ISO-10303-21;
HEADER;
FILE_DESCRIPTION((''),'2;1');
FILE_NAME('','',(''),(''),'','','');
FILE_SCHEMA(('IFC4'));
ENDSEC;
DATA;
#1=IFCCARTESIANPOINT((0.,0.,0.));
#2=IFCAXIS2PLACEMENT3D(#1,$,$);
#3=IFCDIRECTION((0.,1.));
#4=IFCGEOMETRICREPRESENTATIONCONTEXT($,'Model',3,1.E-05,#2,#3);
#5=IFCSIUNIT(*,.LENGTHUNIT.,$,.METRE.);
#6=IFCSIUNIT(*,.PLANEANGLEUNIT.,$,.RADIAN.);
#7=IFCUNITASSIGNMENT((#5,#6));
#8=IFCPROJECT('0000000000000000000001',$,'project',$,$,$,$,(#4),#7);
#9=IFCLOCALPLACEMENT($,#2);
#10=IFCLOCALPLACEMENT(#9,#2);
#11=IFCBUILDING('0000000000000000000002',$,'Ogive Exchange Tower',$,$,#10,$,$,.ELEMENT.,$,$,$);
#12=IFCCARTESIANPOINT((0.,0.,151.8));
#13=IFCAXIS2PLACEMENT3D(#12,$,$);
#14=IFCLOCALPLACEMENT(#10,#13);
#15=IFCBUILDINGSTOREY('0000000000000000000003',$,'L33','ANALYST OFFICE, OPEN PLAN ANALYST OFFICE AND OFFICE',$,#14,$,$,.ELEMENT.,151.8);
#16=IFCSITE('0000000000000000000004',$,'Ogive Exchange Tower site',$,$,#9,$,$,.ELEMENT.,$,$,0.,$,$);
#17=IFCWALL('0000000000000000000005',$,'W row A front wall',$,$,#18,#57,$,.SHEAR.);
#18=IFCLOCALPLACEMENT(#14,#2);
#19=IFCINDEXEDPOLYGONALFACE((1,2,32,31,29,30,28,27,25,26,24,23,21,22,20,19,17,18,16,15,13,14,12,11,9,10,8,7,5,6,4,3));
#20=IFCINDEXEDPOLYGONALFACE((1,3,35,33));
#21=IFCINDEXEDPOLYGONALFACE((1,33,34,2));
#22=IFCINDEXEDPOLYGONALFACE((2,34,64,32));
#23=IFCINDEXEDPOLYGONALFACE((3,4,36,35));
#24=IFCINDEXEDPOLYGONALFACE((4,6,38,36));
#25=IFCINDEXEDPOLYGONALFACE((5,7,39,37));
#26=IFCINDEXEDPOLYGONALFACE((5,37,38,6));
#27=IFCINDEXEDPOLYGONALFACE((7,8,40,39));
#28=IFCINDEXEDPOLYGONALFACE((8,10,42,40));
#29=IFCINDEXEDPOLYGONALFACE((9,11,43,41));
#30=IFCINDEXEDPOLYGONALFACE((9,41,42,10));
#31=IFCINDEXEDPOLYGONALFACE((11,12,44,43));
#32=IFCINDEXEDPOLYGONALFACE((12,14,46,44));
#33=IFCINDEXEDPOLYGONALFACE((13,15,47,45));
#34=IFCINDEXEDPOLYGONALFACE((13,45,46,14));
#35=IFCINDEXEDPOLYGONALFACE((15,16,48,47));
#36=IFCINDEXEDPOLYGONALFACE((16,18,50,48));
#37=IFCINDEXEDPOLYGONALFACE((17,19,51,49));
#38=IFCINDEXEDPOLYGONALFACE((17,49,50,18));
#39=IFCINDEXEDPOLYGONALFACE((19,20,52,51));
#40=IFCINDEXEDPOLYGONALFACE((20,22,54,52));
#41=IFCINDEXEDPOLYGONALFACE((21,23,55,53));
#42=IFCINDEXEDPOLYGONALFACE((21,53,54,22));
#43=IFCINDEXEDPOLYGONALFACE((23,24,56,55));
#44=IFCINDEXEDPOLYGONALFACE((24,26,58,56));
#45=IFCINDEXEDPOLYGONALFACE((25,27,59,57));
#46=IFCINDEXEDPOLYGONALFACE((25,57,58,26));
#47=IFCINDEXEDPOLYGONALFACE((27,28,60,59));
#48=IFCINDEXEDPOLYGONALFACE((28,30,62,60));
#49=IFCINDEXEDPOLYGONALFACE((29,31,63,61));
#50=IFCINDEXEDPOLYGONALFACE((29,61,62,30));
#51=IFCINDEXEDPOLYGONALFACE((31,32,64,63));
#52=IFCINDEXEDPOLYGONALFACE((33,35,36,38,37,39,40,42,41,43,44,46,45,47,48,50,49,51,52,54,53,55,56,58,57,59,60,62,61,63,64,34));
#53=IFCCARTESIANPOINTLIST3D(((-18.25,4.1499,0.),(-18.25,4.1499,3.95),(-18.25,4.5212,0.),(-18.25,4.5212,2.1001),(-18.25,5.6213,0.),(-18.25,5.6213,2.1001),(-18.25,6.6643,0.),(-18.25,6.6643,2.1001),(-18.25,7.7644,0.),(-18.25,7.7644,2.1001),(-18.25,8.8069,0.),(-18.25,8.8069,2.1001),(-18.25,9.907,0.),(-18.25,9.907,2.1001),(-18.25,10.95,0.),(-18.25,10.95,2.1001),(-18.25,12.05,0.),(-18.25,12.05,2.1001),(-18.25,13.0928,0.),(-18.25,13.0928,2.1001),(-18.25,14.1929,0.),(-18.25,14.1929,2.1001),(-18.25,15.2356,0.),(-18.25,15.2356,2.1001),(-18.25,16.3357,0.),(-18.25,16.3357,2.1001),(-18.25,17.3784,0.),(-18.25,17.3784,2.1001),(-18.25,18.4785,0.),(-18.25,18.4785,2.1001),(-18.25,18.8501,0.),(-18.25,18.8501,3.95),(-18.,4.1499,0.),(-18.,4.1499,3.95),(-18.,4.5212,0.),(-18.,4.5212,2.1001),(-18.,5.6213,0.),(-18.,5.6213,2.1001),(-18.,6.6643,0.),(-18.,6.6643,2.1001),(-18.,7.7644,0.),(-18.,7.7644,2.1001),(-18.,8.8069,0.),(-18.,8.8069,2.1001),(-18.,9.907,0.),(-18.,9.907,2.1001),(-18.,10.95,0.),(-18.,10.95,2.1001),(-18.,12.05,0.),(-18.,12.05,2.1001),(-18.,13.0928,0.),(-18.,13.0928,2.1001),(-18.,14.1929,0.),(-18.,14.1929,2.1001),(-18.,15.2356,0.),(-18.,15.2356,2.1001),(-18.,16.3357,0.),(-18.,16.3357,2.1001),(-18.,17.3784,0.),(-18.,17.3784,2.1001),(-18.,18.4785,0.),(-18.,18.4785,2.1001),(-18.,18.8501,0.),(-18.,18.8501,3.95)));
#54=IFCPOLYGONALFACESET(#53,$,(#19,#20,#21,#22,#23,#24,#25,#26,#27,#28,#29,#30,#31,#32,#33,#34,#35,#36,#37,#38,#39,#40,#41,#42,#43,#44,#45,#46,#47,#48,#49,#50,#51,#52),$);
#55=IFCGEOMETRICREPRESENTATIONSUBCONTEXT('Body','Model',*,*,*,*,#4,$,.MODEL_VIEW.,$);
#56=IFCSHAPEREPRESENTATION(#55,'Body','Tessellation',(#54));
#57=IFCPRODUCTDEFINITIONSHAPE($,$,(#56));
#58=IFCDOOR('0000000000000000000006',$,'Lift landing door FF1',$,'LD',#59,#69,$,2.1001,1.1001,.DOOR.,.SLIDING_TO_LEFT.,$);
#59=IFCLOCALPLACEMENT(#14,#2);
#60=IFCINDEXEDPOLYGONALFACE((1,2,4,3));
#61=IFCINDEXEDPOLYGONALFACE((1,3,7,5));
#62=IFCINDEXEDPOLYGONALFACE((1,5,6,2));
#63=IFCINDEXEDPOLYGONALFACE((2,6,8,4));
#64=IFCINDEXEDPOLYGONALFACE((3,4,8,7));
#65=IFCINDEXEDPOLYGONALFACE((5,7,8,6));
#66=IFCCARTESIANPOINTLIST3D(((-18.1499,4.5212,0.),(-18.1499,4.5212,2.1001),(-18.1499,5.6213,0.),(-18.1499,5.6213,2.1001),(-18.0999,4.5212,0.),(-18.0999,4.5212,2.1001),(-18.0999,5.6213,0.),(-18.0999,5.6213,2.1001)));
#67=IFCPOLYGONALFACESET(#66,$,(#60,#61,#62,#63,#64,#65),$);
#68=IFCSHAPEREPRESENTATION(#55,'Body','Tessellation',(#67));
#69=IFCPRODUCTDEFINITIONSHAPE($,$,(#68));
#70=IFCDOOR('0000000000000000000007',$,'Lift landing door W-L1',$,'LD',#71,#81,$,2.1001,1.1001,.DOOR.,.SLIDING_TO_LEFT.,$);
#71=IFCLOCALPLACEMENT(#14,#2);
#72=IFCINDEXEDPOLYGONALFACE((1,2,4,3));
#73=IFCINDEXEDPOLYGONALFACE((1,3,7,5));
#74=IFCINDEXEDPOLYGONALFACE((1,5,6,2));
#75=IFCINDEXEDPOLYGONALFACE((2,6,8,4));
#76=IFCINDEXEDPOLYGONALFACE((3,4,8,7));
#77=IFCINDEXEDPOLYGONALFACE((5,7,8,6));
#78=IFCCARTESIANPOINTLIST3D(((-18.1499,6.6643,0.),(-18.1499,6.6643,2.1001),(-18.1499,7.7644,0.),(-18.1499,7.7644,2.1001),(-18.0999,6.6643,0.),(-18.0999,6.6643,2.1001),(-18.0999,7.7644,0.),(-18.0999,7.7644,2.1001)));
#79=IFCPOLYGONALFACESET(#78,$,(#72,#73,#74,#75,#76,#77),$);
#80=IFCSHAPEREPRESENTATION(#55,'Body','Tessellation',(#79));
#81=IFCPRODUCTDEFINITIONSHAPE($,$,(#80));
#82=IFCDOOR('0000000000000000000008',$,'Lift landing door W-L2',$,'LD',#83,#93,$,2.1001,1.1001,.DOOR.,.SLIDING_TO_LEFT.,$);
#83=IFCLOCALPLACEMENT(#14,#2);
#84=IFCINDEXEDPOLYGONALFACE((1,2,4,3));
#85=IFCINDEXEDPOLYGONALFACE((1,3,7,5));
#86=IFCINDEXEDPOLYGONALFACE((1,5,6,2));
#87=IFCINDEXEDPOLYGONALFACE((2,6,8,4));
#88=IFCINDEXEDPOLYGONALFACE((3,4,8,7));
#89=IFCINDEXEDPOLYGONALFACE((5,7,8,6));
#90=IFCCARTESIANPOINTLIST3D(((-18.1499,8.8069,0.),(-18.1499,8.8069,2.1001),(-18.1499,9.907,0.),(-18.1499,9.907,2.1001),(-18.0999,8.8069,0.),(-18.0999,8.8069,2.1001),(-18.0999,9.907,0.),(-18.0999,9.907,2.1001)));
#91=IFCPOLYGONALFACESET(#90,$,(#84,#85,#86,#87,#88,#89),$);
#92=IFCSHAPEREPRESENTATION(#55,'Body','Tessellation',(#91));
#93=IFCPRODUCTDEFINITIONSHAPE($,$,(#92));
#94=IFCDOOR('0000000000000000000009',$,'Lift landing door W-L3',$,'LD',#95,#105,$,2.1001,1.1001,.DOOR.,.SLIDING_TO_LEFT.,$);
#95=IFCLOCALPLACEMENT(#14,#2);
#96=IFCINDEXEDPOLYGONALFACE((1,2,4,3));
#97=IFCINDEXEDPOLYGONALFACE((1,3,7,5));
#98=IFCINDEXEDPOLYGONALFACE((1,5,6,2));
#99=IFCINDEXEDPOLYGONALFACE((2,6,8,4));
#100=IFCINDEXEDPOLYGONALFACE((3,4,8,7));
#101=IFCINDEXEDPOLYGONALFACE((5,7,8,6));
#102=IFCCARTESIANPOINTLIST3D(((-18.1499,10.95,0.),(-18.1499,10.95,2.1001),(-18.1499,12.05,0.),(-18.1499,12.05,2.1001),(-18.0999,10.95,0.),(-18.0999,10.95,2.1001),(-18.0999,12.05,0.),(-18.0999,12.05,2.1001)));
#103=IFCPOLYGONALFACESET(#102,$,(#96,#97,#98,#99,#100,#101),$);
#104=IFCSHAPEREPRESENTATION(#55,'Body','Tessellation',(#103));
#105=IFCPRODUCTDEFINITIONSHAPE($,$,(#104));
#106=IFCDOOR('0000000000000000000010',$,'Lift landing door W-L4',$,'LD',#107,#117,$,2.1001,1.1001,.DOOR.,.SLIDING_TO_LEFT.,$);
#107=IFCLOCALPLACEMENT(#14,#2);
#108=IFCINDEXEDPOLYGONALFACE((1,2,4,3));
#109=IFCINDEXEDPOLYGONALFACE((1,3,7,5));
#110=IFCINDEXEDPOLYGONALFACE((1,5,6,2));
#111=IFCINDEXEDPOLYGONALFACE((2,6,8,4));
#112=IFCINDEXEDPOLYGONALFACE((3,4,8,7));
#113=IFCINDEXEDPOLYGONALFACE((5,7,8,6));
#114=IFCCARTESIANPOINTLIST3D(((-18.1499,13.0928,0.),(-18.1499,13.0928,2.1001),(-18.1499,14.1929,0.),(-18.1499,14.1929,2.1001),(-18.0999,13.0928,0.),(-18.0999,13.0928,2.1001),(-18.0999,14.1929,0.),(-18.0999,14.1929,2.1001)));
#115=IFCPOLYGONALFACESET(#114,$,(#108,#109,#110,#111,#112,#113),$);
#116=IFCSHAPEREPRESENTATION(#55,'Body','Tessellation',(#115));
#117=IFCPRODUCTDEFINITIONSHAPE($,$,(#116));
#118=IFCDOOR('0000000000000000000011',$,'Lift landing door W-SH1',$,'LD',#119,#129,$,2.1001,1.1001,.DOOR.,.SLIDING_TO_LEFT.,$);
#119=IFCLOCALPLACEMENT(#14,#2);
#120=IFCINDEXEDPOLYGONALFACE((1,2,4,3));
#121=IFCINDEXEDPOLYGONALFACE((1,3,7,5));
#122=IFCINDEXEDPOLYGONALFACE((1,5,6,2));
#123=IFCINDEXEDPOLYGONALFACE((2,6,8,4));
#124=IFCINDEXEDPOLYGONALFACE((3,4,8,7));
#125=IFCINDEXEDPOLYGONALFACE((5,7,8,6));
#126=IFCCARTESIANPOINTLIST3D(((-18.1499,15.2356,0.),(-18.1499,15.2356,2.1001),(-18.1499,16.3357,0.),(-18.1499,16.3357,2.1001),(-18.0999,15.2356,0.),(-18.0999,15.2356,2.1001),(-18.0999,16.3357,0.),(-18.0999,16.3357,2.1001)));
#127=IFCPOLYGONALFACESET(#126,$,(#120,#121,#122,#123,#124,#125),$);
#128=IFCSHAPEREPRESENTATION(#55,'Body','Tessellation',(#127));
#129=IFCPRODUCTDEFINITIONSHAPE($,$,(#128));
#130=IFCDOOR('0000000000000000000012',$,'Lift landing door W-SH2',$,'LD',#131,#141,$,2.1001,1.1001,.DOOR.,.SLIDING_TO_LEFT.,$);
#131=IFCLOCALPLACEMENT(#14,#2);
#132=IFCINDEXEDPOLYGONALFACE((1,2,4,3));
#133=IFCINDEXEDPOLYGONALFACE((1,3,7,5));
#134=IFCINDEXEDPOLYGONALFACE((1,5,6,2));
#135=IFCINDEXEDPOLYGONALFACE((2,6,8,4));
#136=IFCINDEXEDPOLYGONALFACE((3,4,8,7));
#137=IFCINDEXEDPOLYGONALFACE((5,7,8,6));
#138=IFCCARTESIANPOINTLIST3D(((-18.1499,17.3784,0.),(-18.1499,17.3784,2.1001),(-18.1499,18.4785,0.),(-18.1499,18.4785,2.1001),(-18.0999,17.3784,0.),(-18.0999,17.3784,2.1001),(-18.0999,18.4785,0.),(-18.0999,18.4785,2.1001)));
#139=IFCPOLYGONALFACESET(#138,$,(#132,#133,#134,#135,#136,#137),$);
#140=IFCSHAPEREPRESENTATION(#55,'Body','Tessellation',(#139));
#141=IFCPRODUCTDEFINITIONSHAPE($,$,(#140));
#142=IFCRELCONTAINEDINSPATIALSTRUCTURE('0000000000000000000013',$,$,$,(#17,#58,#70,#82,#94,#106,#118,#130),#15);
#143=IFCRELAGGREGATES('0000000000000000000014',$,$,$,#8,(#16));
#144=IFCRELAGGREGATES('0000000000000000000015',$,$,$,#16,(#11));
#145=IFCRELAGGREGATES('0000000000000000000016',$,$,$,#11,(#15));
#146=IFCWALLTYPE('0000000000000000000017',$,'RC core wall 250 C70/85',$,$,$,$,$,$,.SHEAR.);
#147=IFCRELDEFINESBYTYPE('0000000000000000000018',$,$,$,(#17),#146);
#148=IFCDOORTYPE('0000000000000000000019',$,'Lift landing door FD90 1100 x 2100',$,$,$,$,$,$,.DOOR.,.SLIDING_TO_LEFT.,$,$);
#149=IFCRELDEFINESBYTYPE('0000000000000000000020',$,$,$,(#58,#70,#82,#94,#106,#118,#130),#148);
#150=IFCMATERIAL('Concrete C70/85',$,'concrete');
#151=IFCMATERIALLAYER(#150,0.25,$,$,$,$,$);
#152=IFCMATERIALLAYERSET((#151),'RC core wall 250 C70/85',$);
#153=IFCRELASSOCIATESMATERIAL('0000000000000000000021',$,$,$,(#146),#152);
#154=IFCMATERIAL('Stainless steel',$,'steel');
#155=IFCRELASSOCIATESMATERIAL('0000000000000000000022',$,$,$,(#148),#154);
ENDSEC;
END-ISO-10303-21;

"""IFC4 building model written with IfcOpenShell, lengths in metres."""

from ifc_helpers import new_model, si_unit, direction, frame, frame_2d, origin, place, context, subcontext, project, spatial, rectangle, extrude, material, layer, layer_set, type_object, element, fill, save


model = new_model("IFC4")

# Units and contexts
model_context = context("Model", 3, precision=1e-05, world=origin(), true_north=direction((0.0, 1.0)))
body_context = subcontext(model_context, "Body", "Model", "MODEL_VIEW")
ifc_project = project(units=[si_unit("LENGTHUNIT", "METRE"), si_unit("PLANEANGLEUNIT", "RADIAN")], contexts=[model_context])

# Site, building, storey
site_placement = place(None, origin())
site = spatial("IfcSite", under=ifc_project, at=site_placement, Name="Ogive Exchange Tower site", CompositionType="ELEMENT", RefElevation=0.0)
building_placement = place(site_placement, origin())
building = spatial("IfcBuilding", under=site, at=building_placement, Name="Ogive Exchange Tower", CompositionType="ELEMENT")
storey_placement = place(building_placement, frame((0.0, 0.0, 151.8)))
storey = spatial("IfcBuildingStorey", under=building, at=storey_placement, Name="L33", Description="ANALYST OFFICE, OPEN PLAN ANALYST OFFICE AND OFFICE", CompositionType="ELEMENT", Elevation=151.8)

# Shared definitions
ifc_material_1 = material(Name="Concrete C70/85", Category="concrete")
ifc_layer_1 = layer(ifc_material_1, 0.25)
ifc_layer_set_1 = layer_set([ifc_layer_1], Name="RC core wall 250 C70/85")
wall_type_1 = type_object("IfcWallType", Name="RC core wall 250 C70/85", PredefinedType="SHEAR", material=ifc_layer_set_1)

# Wall, openings, doors
wall_1_placement = place(storey_placement, frame((-18.125, 4.1499, 0.0), z_axis=(0.0, 0.0, 1.0), x_axis=(0.0, 1.0, 0.0)))
wall_1 = element("IfcWall", 1, at=wall_1_placement, inside=storey, type_object=wall_type_1, Name="W row A front wall", PredefinedType="SHEAR", context=body_context, shape_type="SweptSolid", body=[
    extrude(rectangle(XDim=14.7002, YDim=0.25, at=frame_2d((7.3501, 0.0))), origin(), (0.0, 0.0, 1.0), 3.95),
])
opening_1_placement = place(wall_1_placement, frame((0.3713, 0.0, 0.0)))
opening_1 = element("IfcOpeningElement", 2, at=opening_1_placement, cuts=wall_1, PredefinedType="OPENING", context=body_context, shape_type="SweptSolid", body=[
    extrude(rectangle(XDim=1.1001, YDim=2.1001, at=frame_2d((0.55, 1.05))), frame((0.0, 0.135, 0.0), z_axis=(0.0, -1.0, 0.0), x_axis=(1.0, 0.0, 0.0)), (0.0, 0.0, 1.0), 0.27),
])
opening_2_placement = place(wall_1_placement, frame((2.5144, 0.0, 0.0)))
opening_2 = element("IfcOpeningElement", 3, at=opening_2_placement, cuts=wall_1, PredefinedType="OPENING", context=body_context, shape_type="SweptSolid", body=[
    extrude(rectangle(XDim=1.1001, YDim=2.1001, at=frame_2d((0.55, 1.05))), frame((0.0, 0.135, 0.0), z_axis=(0.0, -1.0, 0.0), x_axis=(1.0, 0.0, 0.0)), (0.0, 0.0, 1.0), 0.27),
])
opening_3_placement = place(wall_1_placement, frame((4.657, 0.0, 0.0)))
opening_3 = element("IfcOpeningElement", 4, at=opening_3_placement, cuts=wall_1, PredefinedType="OPENING", context=body_context, shape_type="SweptSolid", body=[
    extrude(rectangle(XDim=1.1001, YDim=2.1001, at=frame_2d((0.55, 1.05))), frame((0.0, 0.135, 0.0), z_axis=(0.0, -1.0, 0.0), x_axis=(1.0, 0.0, 0.0)), (0.0, 0.0, 1.0), 0.27),
])
opening_4_placement = place(wall_1_placement, frame((6.8, 0.0, 0.0)))
opening_4 = element("IfcOpeningElement", 5, at=opening_4_placement, cuts=wall_1, PredefinedType="OPENING", context=body_context, shape_type="SweptSolid", body=[
    extrude(rectangle(XDim=1.1001, YDim=2.1001, at=frame_2d((0.55, 1.05))), frame((0.0, 0.135, 0.0), z_axis=(0.0, -1.0, 0.0), x_axis=(1.0, 0.0, 0.0)), (0.0, 0.0, 1.0), 0.27),
])
opening_5_placement = place(wall_1_placement, frame((8.9429, 0.0, 0.0)))
opening_5 = element("IfcOpeningElement", 6, at=opening_5_placement, cuts=wall_1, PredefinedType="OPENING", context=body_context, shape_type="SweptSolid", body=[
    extrude(rectangle(XDim=1.1001, YDim=2.1001, at=frame_2d((0.55, 1.05))), frame((0.0, 0.135, 0.0), z_axis=(0.0, -1.0, 0.0), x_axis=(1.0, 0.0, 0.0)), (0.0, 0.0, 1.0), 0.27),
])
opening_6_placement = place(wall_1_placement, frame((11.0857, 0.0, 0.0)))
opening_6 = element("IfcOpeningElement", 7, at=opening_6_placement, cuts=wall_1, PredefinedType="OPENING", context=body_context, shape_type="SweptSolid", body=[
    extrude(rectangle(XDim=1.1001, YDim=2.1001, at=frame_2d((0.55, 1.05))), frame((0.0, 0.135, 0.0), z_axis=(0.0, -1.0, 0.0), x_axis=(1.0, 0.0, 0.0)), (0.0, 0.0, 1.0), 0.27),
])
opening_7_placement = place(wall_1_placement, frame((13.2285, 0.0, 0.0)))
opening_7 = element("IfcOpeningElement", 8, at=opening_7_placement, cuts=wall_1, PredefinedType="OPENING", context=body_context, shape_type="SweptSolid", body=[
    extrude(rectangle(XDim=1.1001, YDim=2.1001, at=frame_2d((0.55, 1.05))), frame((0.0, 0.135, 0.0), z_axis=(0.0, -1.0, 0.0), x_axis=(1.0, 0.0, 0.0)), (0.0, 0.0, 1.0), 0.27),
])
ifc_material_2 = material(Name="Stainless steel", Category="steel")
door_type_1 = type_object("IfcDoorType", Name="Lift landing door FD90 1100 x 2100", OperationType="SLIDING_TO_LEFT", PredefinedType="DOOR", material=ifc_material_2)
door_1_placement = place(opening_1_placement, origin())
door_1 = element("IfcDoor", 9, at=door_1_placement, inside=storey, type_object=door_type_1, Name="Lift landing door FF1", ObjectType="LD", OperationType="SLIDING_TO_LEFT", OverallHeight=2.1001, OverallWidth=1.1001, PredefinedType="DOOR", context=body_context, shape_type="SweptSolid", body=[
    extrude(rectangle(XDim=1.1001, YDim=2.1001, at=frame_2d((0.55, 1.05))), frame((0.0, 0.0249, 0.0), z_axis=(0.0, -1.0, 0.0), x_axis=(1.0, 0.0, 0.0)), (0.0, 0.0, 1.0), 0.05),
])
fill(opening_1, door_1)
door_2_placement = place(opening_2_placement, origin())
door_2 = element("IfcDoor", 10, at=door_2_placement, inside=storey, type_object=door_type_1, Name="Lift landing door W-L1", ObjectType="LD", OperationType="SLIDING_TO_LEFT", OverallHeight=2.1001, OverallWidth=1.1001, PredefinedType="DOOR", context=body_context, shape_type="SweptSolid", body=[
    extrude(rectangle(XDim=1.1001, YDim=2.1001, at=frame_2d((0.55, 1.05))), frame((0.0, 0.0249, 0.0), z_axis=(0.0, -1.0, 0.0), x_axis=(1.0, 0.0, 0.0)), (0.0, 0.0, 1.0), 0.05),
])
fill(opening_2, door_2)
door_3_placement = place(opening_3_placement, origin())
door_3 = element("IfcDoor", 11, at=door_3_placement, inside=storey, type_object=door_type_1, Name="Lift landing door W-L2", ObjectType="LD", OperationType="SLIDING_TO_LEFT", OverallHeight=2.1001, OverallWidth=1.1001, PredefinedType="DOOR", context=body_context, shape_type="SweptSolid", body=[
    extrude(rectangle(XDim=1.1001, YDim=2.1001, at=frame_2d((0.55, 1.05))), frame((0.0, 0.0249, 0.0), z_axis=(0.0, -1.0, 0.0), x_axis=(1.0, 0.0, 0.0)), (0.0, 0.0, 1.0), 0.05),
])
fill(opening_3, door_3)
door_4_placement = place(opening_4_placement, origin())
door_4 = element("IfcDoor", 12, at=door_4_placement, inside=storey, type_object=door_type_1, Name="Lift landing door W-L3", ObjectType="LD", OperationType="SLIDING_TO_LEFT", OverallHeight=2.1001, OverallWidth=1.1001, PredefinedType="DOOR", context=body_context, shape_type="SweptSolid", body=[
    extrude(rectangle(XDim=1.1001, YDim=2.1001, at=frame_2d((0.55, 1.05))), frame((0.0, 0.0249, 0.0), z_axis=(0.0, -1.0, 0.0), x_axis=(1.0, 0.0, 0.0)), (0.0, 0.0, 1.0), 0.05),
])
fill(opening_4, door_4)
door_5_placement = place(opening_5_placement, origin())
door_5 = element("IfcDoor", 13, at=door_5_placement, inside=storey, type_object=door_type_1, Name="Lift landing door W-L4", ObjectType="LD", OperationType="SLIDING_TO_LEFT", OverallHeight=2.1001, OverallWidth=1.1001, PredefinedType="DOOR", context=body_context, shape_type="SweptSolid", body=[
    extrude(rectangle(XDim=1.1001, YDim=2.1001, at=frame_2d((0.55, 1.05))), frame((0.0, 0.0249, 0.0), z_axis=(0.0, -1.0, 0.0), x_axis=(1.0, 0.0, 0.0)), (0.0, 0.0, 1.0), 0.05),
])
fill(opening_5, door_5)
door_6_placement = place(opening_6_placement, origin())
door_6 = element("IfcDoor", 14, at=door_6_placement, inside=storey, type_object=door_type_1, Name="Lift landing door W-SH1", ObjectType="LD", OperationType="SLIDING_TO_LEFT", OverallHeight=2.1001, OverallWidth=1.1001, PredefinedType="DOOR", context=body_context, shape_type="SweptSolid", body=[
    extrude(rectangle(XDim=1.1001, YDim=2.1001, at=frame_2d((0.55, 1.05))), frame((0.0, 0.0249, 0.0), z_axis=(0.0, -1.0, 0.0), x_axis=(1.0, 0.0, 0.0)), (0.0, 0.0, 1.0), 0.05),
])
fill(opening_6, door_6)
door_7_placement = place(opening_7_placement, origin())
door_7 = element("IfcDoor", 15, at=door_7_placement, inside=storey, type_object=door_type_1, Name="Lift landing door W-SH2", ObjectType="LD", OperationType="SLIDING_TO_LEFT", OverallHeight=2.1001, OverallWidth=1.1001, PredefinedType="DOOR", context=body_context, shape_type="SweptSolid", body=[
    extrude(rectangle(XDim=1.1001, YDim=2.1001, at=frame_2d((0.55, 1.05))), frame((0.0, 0.0249, 0.0), z_axis=(0.0, -1.0, 0.0), x_axis=(1.0, 0.0, 0.0)), (0.0, 0.0, 1.0), 0.05),
])
fill(opening_7, door_7)

save(model, "model.ifc")
